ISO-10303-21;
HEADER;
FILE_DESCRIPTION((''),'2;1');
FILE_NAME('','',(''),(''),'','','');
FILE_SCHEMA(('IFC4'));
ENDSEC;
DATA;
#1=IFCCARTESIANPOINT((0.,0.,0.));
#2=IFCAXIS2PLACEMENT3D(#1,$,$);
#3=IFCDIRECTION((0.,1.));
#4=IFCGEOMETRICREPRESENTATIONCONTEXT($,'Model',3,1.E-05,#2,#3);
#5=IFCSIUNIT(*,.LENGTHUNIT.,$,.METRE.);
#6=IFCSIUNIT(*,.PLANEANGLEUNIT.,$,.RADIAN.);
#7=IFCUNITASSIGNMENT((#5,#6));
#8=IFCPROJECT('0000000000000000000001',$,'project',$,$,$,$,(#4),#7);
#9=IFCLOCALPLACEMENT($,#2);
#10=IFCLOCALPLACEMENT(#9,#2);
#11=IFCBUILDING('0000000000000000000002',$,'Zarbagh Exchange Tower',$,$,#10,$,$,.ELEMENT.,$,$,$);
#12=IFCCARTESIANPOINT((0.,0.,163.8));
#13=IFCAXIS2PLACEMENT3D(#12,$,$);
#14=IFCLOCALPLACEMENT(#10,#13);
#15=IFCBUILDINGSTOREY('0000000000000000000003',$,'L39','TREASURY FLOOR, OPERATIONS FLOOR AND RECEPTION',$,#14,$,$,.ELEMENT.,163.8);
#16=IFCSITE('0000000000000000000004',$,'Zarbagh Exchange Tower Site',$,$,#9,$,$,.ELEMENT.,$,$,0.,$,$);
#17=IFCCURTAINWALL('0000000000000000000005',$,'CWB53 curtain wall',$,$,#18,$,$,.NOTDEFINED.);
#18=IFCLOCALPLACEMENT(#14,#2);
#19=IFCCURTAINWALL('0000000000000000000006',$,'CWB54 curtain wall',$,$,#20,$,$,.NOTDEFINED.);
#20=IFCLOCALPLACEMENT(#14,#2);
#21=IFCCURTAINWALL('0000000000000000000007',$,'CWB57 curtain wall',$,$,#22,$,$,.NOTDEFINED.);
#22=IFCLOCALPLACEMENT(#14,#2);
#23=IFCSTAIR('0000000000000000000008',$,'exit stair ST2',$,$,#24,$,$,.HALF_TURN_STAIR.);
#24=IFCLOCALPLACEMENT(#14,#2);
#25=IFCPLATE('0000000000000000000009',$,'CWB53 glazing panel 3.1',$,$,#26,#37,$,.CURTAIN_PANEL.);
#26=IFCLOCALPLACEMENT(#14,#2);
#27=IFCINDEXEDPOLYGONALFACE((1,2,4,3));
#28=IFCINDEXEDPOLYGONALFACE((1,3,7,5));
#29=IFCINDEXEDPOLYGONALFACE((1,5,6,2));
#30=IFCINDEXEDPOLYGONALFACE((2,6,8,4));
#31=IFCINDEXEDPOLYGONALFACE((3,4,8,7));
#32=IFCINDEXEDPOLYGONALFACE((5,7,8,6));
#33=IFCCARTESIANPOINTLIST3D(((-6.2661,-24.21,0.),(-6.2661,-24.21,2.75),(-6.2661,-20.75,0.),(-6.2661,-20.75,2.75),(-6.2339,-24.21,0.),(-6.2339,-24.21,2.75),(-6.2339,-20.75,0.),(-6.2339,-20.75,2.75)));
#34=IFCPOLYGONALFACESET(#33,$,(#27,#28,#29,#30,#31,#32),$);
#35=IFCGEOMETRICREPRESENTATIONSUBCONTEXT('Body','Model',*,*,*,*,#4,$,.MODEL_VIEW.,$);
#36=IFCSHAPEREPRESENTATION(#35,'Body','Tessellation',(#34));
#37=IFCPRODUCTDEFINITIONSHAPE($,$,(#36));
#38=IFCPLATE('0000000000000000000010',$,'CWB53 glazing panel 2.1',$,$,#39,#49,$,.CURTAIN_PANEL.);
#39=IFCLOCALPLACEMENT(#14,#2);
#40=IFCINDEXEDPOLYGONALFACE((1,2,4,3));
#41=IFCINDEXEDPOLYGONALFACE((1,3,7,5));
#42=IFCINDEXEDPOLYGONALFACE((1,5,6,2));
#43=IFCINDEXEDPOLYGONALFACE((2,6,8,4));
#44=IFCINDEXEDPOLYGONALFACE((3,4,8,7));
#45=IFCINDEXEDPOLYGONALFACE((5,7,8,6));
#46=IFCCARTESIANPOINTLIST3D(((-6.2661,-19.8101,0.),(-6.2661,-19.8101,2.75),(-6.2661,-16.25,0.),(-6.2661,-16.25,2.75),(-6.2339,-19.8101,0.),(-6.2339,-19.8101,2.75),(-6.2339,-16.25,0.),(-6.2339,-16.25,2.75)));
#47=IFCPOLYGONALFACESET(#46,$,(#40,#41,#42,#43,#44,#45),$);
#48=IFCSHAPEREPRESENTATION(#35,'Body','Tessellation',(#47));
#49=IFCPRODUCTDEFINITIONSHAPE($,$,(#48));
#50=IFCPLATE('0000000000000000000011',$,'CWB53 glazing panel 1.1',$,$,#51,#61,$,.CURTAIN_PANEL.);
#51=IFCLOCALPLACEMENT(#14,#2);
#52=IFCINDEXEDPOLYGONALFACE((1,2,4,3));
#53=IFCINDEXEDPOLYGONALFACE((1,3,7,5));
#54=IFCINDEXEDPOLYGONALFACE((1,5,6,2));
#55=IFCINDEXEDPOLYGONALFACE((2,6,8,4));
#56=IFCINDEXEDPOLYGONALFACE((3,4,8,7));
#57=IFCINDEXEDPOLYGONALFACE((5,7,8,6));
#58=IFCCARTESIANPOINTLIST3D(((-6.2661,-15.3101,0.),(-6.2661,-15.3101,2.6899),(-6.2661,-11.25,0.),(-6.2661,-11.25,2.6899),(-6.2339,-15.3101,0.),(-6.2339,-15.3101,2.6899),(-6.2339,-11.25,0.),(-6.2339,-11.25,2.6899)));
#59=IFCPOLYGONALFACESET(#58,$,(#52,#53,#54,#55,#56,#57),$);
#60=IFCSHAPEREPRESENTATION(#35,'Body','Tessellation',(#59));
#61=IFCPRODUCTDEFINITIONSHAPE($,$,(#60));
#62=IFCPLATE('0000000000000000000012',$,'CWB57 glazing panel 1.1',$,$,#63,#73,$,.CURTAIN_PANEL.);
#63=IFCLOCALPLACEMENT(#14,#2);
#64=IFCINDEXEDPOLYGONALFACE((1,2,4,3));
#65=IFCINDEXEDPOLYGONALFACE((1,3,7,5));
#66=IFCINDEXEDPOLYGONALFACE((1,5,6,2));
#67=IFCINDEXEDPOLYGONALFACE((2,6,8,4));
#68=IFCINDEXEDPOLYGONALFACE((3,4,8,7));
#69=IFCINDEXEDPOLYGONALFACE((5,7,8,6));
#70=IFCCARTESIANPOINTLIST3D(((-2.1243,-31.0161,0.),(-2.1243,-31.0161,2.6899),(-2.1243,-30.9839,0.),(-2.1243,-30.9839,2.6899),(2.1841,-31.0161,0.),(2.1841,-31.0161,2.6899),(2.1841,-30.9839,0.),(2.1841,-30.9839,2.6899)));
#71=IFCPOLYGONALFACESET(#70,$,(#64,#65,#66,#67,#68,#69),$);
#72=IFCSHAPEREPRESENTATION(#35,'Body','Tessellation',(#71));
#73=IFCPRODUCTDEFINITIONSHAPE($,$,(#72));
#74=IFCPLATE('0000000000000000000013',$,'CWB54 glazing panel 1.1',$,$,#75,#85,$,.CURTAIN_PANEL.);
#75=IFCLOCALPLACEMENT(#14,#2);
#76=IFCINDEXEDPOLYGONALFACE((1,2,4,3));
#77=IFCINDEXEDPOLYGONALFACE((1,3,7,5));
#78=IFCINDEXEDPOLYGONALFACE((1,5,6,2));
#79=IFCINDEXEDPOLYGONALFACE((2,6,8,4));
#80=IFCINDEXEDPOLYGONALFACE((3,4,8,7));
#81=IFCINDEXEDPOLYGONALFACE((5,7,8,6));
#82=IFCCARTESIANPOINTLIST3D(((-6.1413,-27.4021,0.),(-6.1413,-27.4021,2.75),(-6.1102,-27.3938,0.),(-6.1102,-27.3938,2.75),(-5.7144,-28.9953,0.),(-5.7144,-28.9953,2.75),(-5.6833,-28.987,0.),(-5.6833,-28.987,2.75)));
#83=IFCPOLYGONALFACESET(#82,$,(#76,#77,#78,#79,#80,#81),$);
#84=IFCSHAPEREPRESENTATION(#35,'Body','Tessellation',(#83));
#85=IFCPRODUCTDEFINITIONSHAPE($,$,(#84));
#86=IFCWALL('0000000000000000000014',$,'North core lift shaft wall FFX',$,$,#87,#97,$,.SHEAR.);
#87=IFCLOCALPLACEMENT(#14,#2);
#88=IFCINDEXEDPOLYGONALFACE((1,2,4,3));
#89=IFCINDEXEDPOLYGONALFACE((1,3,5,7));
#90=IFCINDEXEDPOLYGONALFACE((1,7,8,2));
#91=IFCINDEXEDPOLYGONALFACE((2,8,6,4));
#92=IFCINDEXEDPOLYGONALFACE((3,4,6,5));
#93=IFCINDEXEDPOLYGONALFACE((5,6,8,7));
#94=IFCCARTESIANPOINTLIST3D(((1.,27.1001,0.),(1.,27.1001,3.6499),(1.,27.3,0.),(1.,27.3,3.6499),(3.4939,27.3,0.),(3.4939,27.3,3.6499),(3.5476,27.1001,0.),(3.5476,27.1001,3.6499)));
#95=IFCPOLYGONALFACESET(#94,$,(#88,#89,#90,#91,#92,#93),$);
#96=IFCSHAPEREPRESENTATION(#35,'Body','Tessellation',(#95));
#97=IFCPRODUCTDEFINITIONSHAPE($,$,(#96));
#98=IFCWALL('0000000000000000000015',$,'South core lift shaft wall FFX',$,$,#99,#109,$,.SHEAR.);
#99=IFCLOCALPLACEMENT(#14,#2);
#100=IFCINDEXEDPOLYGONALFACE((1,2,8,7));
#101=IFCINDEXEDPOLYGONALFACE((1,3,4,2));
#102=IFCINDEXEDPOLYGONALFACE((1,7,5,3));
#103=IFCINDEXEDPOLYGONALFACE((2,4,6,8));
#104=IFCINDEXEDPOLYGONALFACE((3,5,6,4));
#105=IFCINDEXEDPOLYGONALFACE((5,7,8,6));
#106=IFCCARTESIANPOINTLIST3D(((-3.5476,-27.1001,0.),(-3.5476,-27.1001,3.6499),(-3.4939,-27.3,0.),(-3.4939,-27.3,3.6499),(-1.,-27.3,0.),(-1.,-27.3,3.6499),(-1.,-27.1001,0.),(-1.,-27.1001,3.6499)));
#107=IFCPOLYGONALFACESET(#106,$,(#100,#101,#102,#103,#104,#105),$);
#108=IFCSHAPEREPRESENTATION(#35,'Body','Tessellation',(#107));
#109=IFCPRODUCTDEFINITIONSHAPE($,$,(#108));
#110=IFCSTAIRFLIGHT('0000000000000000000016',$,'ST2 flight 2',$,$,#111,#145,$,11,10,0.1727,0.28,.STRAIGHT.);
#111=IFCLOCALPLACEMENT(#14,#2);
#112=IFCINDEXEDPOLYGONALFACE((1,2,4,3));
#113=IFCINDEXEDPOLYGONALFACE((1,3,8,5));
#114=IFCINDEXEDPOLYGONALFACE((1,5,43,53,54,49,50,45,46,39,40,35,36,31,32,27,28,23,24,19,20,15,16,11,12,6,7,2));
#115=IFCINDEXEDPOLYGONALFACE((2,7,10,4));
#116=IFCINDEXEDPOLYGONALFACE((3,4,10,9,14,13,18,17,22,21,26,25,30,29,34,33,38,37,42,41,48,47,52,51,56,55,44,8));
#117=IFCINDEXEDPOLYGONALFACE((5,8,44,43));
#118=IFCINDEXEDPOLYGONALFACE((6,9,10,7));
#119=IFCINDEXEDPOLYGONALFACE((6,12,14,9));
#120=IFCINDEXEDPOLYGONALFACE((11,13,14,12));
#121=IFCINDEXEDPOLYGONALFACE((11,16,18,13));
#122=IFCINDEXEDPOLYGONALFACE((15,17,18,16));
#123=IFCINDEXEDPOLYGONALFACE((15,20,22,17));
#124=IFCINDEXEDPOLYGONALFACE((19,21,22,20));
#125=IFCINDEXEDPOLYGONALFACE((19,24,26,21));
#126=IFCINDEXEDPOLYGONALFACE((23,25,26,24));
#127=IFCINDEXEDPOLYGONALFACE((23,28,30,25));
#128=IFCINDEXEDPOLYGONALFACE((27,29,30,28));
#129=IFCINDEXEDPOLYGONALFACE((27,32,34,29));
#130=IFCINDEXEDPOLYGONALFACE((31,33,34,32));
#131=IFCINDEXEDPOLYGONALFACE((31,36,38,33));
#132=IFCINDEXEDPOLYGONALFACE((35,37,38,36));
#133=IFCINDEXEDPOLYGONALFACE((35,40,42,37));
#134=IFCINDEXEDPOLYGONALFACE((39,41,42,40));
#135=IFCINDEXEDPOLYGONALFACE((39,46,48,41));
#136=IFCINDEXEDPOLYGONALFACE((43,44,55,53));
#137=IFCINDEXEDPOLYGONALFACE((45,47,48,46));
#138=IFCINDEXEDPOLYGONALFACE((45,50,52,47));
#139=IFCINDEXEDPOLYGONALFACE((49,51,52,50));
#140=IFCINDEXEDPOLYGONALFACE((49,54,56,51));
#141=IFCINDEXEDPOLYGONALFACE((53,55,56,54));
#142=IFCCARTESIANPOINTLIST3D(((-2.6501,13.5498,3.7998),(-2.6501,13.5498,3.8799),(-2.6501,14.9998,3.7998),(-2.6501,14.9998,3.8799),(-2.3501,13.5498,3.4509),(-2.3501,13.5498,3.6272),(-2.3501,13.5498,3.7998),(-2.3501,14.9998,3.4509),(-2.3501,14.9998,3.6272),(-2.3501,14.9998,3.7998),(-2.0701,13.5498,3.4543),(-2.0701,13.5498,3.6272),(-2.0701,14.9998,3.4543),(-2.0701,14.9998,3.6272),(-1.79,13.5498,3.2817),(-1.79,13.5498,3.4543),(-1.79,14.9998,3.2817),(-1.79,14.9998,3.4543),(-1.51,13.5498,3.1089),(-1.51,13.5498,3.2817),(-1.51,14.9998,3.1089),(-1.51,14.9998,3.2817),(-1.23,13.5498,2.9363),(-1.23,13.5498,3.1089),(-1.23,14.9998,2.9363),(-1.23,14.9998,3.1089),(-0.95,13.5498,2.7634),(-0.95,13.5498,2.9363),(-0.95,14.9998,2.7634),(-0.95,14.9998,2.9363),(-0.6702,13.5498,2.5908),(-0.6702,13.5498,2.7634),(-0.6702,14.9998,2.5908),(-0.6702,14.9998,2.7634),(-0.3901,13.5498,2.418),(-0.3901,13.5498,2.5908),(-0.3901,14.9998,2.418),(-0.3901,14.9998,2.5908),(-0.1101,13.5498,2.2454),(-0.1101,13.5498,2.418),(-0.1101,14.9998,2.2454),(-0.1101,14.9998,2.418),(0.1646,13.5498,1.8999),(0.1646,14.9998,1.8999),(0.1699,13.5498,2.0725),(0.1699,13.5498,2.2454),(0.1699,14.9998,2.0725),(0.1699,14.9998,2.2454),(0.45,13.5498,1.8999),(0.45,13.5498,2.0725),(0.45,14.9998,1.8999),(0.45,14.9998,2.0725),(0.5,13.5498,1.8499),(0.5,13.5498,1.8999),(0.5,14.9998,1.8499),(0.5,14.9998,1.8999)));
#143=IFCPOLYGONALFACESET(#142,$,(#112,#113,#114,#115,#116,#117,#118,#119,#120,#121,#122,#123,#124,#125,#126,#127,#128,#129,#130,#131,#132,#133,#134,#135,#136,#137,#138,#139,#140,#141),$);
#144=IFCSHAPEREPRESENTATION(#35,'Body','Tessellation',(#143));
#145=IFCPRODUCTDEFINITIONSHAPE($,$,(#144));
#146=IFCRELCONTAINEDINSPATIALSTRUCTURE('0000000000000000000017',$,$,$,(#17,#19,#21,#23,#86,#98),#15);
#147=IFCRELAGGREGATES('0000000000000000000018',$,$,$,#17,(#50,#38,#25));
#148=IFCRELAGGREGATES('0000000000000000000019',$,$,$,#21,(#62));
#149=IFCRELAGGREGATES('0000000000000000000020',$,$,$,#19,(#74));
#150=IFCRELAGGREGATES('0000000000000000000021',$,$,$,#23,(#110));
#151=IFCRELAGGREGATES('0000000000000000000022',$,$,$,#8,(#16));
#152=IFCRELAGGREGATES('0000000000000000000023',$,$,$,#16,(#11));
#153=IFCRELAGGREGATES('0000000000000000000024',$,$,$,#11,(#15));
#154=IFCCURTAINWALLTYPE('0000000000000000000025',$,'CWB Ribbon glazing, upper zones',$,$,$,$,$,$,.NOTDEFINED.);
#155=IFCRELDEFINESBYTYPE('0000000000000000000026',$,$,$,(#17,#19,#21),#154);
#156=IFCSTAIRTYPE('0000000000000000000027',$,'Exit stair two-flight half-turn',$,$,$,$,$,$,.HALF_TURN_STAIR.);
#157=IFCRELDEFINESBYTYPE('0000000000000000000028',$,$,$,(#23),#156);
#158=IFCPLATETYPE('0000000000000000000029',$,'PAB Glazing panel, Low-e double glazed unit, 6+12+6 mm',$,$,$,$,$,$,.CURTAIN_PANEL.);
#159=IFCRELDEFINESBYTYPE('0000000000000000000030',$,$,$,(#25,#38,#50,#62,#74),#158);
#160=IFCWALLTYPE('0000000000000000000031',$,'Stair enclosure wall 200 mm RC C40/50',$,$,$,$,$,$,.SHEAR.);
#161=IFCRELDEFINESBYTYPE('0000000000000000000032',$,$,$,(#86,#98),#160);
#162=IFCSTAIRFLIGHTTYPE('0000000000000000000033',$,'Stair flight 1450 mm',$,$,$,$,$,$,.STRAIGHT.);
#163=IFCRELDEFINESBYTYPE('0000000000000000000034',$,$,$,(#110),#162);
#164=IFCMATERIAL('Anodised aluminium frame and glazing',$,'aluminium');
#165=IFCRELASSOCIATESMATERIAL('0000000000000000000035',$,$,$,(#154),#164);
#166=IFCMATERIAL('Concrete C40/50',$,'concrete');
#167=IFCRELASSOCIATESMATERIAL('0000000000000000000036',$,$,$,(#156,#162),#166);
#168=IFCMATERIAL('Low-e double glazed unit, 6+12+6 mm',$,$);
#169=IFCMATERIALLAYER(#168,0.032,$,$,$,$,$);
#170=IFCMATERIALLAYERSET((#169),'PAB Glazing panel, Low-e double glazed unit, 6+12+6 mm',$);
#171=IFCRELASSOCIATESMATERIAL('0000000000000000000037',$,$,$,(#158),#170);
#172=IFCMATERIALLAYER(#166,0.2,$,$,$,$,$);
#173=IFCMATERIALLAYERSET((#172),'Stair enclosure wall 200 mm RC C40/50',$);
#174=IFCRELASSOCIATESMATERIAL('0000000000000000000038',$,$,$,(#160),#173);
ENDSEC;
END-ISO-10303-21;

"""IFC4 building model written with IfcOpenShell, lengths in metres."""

from ifc_helpers import new_model, si_unit, direction, frame, origin, place, context, subcontext, project, spatial, polyline, outline, extrude, source, transform, mapped, material, layer, layer_set, type_object, element, aggregate, save


model = new_model("IFC4")

# Units and contexts
model_context = context("Model", 3, precision=1e-05, world=origin(), true_north=direction((0.0, 1.0)))
body_context = subcontext(model_context, "Body", "Model", "MODEL_VIEW")
ifc_project = project(units=[si_unit("LENGTHUNIT", "METRE"), si_unit("PLANEANGLEUNIT", "RADIAN")], contexts=[model_context])

# Site, building, storey
site_placement = place(None, origin())
site = spatial("IfcSite", under=ifc_project, at=site_placement, Name="Zarbagh Exchange Tower Site", CompositionType="ELEMENT", RefElevation=0.0)
building_placement = place(site_placement, origin())
building = spatial("IfcBuilding", under=site, at=building_placement, Name="Zarbagh Exchange Tower", CompositionType="ELEMENT")
storey_placement = place(building_placement, frame((0.0, 0.0, 163.8)))
storey = spatial("IfcBuildingStorey", under=building, at=storey_placement, Name="L39", Description="TREASURY FLOOR, OPERATIONS FLOOR AND RECEPTION", CompositionType="ELEMENT", Elevation=163.8)

# Curtain wall
ifc_material_1 = material(Name="Anodised aluminium frame and glazing", Category="aluminium")
curtain_wall_type = type_object("IfcCurtainWallType", Name="CWB Ribbon glazing, upper zones", PredefinedType="NOTDEFINED", material=ifc_material_1)
curtain_wall_1_placement = place(storey_placement, origin())
curtain_wall_1 = element("IfcCurtainWall", 1, at=curtain_wall_1_placement, inside=storey, type_object=curtain_wall_type, Name="CWB53 curtain wall", PredefinedType="NOTDEFINED")
placement = place(storey_placement, origin())

# Curtain wall
curtain_wall_2_placement = place(storey_placement, origin())
curtain_wall_2 = element("IfcCurtainWall", 2, at=curtain_wall_2_placement, inside=storey, type_object=curtain_wall_type, Name="CWB54 curtain wall", PredefinedType="NOTDEFINED")

# Curtain wall
curtain_wall_3_placement = place(storey_placement, origin())
curtain_wall_3 = element("IfcCurtainWall", 3, at=curtain_wall_3_placement, inside=storey, type_object=curtain_wall_type, Name="CWB57 curtain wall", PredefinedType="NOTDEFINED")

# Stair
ifc_material_2 = material(Name="Concrete C40/50", Category="concrete")
stair_type = type_object("IfcStairType", Name="Exit stair two-flight half-turn", PredefinedType="HALF_TURN_STAIR", material=ifc_material_2)
stair_1_placement = place(storey_placement, origin())
stair_1 = element("IfcStair", 4, at=stair_1_placement, inside=storey, type_object=stair_type, Name="exit stair ST2", PredefinedType="HALF_TURN_STAIR")

# Shared definitions
ifc_material_3 = material(Name="Low-e double glazed unit, 6+12+6 mm")
ifc_layer_1 = layer(ifc_material_3, 0.032)
ifc_layer_set_1 = layer_set([ifc_layer_1], Name="PAB Glazing panel, Low-e double glazed unit, 6+12+6 mm")
plate_type = type_object("IfcPlateType", Name="PAB Glazing panel, Low-e double glazed unit, 6+12+6 mm", PredefinedType="CURTAIN_PANEL", material=ifc_layer_set_1)

# Plates
shared_shape_1 = source(origin(), body_context, "Body", "SweptSolid", [
    extrude(outline(polyline([(0.0, -0.0161), (3.46, -0.0161), (3.46, 0.0161), (0.0, 0.0161), (0.0, -0.0161)])), origin(), (0.0, 0.0, 1.0), 2.75),
])
plate_1 = element("IfcPlate", 5, at=placement, type_object=plate_type, Name="CWB53 glazing panel 3.1", PredefinedType="CURTAIN_PANEL", context=body_context, shape_type="MappedRepresentation", body=[
    mapped(shared_shape_1, transform((-6.25, -20.75, 0.0), x_axis=(0.0, -1.0, 0.0), y_axis=(1.0, 0.0, 0.0), z_axis=(0.0, 0.0, 1.0))),
])
shared_shape_2 = source(origin(), body_context, "Body", "SweptSolid", [
    extrude(outline(polyline([(0.0, -0.0161), (3.5601, -0.0161), (3.5601, 0.0161), (0.0, 0.0161), (0.0, -0.0161)])), origin(), (0.0, 0.0, 1.0), 2.75),
])
plate_2 = element("IfcPlate", 6, at=placement, type_object=plate_type, Name="CWB53 glazing panel 2.1", PredefinedType="CURTAIN_PANEL", context=body_context, shape_type="MappedRepresentation", body=[
    mapped(shared_shape_2, transform((-6.25, -16.25, 0.0), x_axis=(0.0, -1.0, 0.0), y_axis=(1.0, 0.0, 0.0), z_axis=(0.0, 0.0, 1.0))),
])
shared_shape_3 = source(origin(), body_context, "Body", "SweptSolid", [
    extrude(outline(polyline([(0.0, -0.0161), (4.0601, -0.0161), (4.0601, 0.0161), (0.0, 0.0161), (0.0, -0.0161)])), origin(), (0.0, 0.0, 1.0), 2.6899),
])
plate_3 = element("IfcPlate", 7, at=placement, type_object=plate_type, Name="CWB53 glazing panel 1.1", PredefinedType="CURTAIN_PANEL", context=body_context, shape_type="MappedRepresentation", body=[
    mapped(shared_shape_3, transform((-6.25, -11.25, 0.0), x_axis=(0.0, -1.0, 0.0), y_axis=(1.0, 0.0, 0.0), z_axis=(0.0, 0.0, 1.0))),
])
aggregate(curtain_wall_1, [plate_3, plate_2, plate_1])
shared_shape_4 = source(origin(), body_context, "Body", "SweptSolid", [
    extrude(outline(polyline([(0.0, -0.0161), (4.3083, -0.0161), (4.3083, 0.0161), (0.0, 0.0161), (0.0, -0.0161)])), origin(), (0.0, 0.0, 1.0), 2.6899),
])
plate_4 = element("IfcPlate", 8, at=placement, type_object=plate_type, Name="CWB57 glazing panel 1.1", PredefinedType="CURTAIN_PANEL", context=body_context, shape_type="MappedRepresentation", body=[
    mapped(shared_shape_4, transform((-2.1243, -31.0, 0.0), x_axis=(1.0, 0.0, 0.0), y_axis=(0.0, 1.0, 0.0), z_axis=(0.0, 0.0, 1.0))),
])
aggregate(curtain_wall_3, [plate_4])
shared_shape_5 = source(origin(), body_context, "Body", "SweptSolid", [
    extrude(outline(polyline([(0.0, -0.0161), (1.6494, -0.0161), (1.6494, 0.0161), (0.0, 0.0161), (0.0, -0.0161)])), origin(), (0.0, 0.0, 1.0), 2.75),
])
plate_5 = element("IfcPlate", 9, at=placement, type_object=plate_type, Name="CWB54 glazing panel 1.1", PredefinedType="CURTAIN_PANEL", context=body_context, shape_type="MappedRepresentation", body=[
    mapped(shared_shape_5, transform((-6.1257, -27.3979, 0.0), x_axis=(0.258825, -0.965924, 0.0), y_axis=(0.965924, 0.258825, 0.0), z_axis=(0.0, 0.0, 1.0))),
])
aggregate(curtain_wall_2, [plate_5])

# Walls
ifc_layer_2 = layer(ifc_material_2, 0.2)
ifc_layer_set_2 = layer_set([ifc_layer_2], Name="Stair enclosure wall 200 mm RC C40/50")
wall_type = type_object("IfcWallType", Name="Stair enclosure wall 200 mm RC C40/50", PredefinedType="SHEAR", material=ifc_layer_set_2)
wall_1_placement = place(storey_placement, origin())
element("IfcWall", 10, at=wall_1_placement, inside=storey, type_object=wall_type, Name="North core lift shaft wall FFX", PredefinedType="SHEAR", context=body_context, shape_type="SweptSolid", body=[
    extrude(outline(polyline([(1.0, 27.1001), (3.5476, 27.1001), (3.4939, 27.3), (1.0, 27.3), (1.0, 27.1001)])), origin(), (0.0, 0.0, 1.0), 3.6499),
])
wall_2_placement = place(storey_placement, origin())
element("IfcWall", 11, at=wall_2_placement, inside=storey, type_object=wall_type, Name="South core lift shaft wall FFX", PredefinedType="SHEAR", context=body_context, shape_type="SweptSolid", body=[
    extrude(outline(polyline([(-1.0, -27.1001), (-3.5476, -27.1001), (-3.4939, -27.3), (-1.0, -27.3), (-1.0, -27.1001)])), origin(), (0.0, 0.0, 1.0), 3.6499),
])

# Stair flight
stair_flight_type = type_object("IfcStairFlightType", Name="Stair flight 1450 mm", PredefinedType="STRAIGHT", material=ifc_material_2)
stair_flight_placement = place(storey_placement, frame((0.45, 14.2749, 1.8999), z_axis=(0.0, 0.0, 1.0), x_axis=(-1.0, 0.0, 0.0)))
stair_flight = element("IfcStairFlight", 12, at=stair_flight_placement, type_object=stair_flight_type, Name="ST2 flight 2", NumberOfRisers=11, NumberOfTreads=10, PredefinedType="STRAIGHT", RiserHeight=0.1727, TreadLength=0.28, context=body_context, shape_type="SweptSolid", body=[
    extrude(outline(polyline([(-0.05, -0.05), (-0.05, 0.0), (0.0, 0.0), (0.0, 0.1726), (0.28, 0.1726), (0.28, 0.3455), (0.5601, 0.3455), (0.5601, 0.5181), (0.8401, 0.5181), (0.8401, 0.6909), (1.1201, 0.6909), (1.1201, 0.8635), (1.3999, 0.8635), (1.3999, 1.0364), (1.6799, 1.0364), (1.6799, 1.209), (1.96, 1.209), (1.96, 1.3818), (2.24, 1.3818), (2.24, 1.5544), (2.52, 1.5544), (2.52, 1.7273), (2.8, 1.7273), (2.8, 1.8999), (3.1001, 1.98), (3.1001, 1.8999), (2.8, 1.551), (0.2854, 0.0), (-0.05, -0.05)])), frame((0.0, 0.7251, 0.0), z_axis=(0.0, -1.0, 0.0), x_axis=(1.0, 0.0, 0.0)), (0.0, 0.0, 1.0), 1.45),
])
aggregate(stair_1, [stair_flight])

save(model, "model.ifc")
